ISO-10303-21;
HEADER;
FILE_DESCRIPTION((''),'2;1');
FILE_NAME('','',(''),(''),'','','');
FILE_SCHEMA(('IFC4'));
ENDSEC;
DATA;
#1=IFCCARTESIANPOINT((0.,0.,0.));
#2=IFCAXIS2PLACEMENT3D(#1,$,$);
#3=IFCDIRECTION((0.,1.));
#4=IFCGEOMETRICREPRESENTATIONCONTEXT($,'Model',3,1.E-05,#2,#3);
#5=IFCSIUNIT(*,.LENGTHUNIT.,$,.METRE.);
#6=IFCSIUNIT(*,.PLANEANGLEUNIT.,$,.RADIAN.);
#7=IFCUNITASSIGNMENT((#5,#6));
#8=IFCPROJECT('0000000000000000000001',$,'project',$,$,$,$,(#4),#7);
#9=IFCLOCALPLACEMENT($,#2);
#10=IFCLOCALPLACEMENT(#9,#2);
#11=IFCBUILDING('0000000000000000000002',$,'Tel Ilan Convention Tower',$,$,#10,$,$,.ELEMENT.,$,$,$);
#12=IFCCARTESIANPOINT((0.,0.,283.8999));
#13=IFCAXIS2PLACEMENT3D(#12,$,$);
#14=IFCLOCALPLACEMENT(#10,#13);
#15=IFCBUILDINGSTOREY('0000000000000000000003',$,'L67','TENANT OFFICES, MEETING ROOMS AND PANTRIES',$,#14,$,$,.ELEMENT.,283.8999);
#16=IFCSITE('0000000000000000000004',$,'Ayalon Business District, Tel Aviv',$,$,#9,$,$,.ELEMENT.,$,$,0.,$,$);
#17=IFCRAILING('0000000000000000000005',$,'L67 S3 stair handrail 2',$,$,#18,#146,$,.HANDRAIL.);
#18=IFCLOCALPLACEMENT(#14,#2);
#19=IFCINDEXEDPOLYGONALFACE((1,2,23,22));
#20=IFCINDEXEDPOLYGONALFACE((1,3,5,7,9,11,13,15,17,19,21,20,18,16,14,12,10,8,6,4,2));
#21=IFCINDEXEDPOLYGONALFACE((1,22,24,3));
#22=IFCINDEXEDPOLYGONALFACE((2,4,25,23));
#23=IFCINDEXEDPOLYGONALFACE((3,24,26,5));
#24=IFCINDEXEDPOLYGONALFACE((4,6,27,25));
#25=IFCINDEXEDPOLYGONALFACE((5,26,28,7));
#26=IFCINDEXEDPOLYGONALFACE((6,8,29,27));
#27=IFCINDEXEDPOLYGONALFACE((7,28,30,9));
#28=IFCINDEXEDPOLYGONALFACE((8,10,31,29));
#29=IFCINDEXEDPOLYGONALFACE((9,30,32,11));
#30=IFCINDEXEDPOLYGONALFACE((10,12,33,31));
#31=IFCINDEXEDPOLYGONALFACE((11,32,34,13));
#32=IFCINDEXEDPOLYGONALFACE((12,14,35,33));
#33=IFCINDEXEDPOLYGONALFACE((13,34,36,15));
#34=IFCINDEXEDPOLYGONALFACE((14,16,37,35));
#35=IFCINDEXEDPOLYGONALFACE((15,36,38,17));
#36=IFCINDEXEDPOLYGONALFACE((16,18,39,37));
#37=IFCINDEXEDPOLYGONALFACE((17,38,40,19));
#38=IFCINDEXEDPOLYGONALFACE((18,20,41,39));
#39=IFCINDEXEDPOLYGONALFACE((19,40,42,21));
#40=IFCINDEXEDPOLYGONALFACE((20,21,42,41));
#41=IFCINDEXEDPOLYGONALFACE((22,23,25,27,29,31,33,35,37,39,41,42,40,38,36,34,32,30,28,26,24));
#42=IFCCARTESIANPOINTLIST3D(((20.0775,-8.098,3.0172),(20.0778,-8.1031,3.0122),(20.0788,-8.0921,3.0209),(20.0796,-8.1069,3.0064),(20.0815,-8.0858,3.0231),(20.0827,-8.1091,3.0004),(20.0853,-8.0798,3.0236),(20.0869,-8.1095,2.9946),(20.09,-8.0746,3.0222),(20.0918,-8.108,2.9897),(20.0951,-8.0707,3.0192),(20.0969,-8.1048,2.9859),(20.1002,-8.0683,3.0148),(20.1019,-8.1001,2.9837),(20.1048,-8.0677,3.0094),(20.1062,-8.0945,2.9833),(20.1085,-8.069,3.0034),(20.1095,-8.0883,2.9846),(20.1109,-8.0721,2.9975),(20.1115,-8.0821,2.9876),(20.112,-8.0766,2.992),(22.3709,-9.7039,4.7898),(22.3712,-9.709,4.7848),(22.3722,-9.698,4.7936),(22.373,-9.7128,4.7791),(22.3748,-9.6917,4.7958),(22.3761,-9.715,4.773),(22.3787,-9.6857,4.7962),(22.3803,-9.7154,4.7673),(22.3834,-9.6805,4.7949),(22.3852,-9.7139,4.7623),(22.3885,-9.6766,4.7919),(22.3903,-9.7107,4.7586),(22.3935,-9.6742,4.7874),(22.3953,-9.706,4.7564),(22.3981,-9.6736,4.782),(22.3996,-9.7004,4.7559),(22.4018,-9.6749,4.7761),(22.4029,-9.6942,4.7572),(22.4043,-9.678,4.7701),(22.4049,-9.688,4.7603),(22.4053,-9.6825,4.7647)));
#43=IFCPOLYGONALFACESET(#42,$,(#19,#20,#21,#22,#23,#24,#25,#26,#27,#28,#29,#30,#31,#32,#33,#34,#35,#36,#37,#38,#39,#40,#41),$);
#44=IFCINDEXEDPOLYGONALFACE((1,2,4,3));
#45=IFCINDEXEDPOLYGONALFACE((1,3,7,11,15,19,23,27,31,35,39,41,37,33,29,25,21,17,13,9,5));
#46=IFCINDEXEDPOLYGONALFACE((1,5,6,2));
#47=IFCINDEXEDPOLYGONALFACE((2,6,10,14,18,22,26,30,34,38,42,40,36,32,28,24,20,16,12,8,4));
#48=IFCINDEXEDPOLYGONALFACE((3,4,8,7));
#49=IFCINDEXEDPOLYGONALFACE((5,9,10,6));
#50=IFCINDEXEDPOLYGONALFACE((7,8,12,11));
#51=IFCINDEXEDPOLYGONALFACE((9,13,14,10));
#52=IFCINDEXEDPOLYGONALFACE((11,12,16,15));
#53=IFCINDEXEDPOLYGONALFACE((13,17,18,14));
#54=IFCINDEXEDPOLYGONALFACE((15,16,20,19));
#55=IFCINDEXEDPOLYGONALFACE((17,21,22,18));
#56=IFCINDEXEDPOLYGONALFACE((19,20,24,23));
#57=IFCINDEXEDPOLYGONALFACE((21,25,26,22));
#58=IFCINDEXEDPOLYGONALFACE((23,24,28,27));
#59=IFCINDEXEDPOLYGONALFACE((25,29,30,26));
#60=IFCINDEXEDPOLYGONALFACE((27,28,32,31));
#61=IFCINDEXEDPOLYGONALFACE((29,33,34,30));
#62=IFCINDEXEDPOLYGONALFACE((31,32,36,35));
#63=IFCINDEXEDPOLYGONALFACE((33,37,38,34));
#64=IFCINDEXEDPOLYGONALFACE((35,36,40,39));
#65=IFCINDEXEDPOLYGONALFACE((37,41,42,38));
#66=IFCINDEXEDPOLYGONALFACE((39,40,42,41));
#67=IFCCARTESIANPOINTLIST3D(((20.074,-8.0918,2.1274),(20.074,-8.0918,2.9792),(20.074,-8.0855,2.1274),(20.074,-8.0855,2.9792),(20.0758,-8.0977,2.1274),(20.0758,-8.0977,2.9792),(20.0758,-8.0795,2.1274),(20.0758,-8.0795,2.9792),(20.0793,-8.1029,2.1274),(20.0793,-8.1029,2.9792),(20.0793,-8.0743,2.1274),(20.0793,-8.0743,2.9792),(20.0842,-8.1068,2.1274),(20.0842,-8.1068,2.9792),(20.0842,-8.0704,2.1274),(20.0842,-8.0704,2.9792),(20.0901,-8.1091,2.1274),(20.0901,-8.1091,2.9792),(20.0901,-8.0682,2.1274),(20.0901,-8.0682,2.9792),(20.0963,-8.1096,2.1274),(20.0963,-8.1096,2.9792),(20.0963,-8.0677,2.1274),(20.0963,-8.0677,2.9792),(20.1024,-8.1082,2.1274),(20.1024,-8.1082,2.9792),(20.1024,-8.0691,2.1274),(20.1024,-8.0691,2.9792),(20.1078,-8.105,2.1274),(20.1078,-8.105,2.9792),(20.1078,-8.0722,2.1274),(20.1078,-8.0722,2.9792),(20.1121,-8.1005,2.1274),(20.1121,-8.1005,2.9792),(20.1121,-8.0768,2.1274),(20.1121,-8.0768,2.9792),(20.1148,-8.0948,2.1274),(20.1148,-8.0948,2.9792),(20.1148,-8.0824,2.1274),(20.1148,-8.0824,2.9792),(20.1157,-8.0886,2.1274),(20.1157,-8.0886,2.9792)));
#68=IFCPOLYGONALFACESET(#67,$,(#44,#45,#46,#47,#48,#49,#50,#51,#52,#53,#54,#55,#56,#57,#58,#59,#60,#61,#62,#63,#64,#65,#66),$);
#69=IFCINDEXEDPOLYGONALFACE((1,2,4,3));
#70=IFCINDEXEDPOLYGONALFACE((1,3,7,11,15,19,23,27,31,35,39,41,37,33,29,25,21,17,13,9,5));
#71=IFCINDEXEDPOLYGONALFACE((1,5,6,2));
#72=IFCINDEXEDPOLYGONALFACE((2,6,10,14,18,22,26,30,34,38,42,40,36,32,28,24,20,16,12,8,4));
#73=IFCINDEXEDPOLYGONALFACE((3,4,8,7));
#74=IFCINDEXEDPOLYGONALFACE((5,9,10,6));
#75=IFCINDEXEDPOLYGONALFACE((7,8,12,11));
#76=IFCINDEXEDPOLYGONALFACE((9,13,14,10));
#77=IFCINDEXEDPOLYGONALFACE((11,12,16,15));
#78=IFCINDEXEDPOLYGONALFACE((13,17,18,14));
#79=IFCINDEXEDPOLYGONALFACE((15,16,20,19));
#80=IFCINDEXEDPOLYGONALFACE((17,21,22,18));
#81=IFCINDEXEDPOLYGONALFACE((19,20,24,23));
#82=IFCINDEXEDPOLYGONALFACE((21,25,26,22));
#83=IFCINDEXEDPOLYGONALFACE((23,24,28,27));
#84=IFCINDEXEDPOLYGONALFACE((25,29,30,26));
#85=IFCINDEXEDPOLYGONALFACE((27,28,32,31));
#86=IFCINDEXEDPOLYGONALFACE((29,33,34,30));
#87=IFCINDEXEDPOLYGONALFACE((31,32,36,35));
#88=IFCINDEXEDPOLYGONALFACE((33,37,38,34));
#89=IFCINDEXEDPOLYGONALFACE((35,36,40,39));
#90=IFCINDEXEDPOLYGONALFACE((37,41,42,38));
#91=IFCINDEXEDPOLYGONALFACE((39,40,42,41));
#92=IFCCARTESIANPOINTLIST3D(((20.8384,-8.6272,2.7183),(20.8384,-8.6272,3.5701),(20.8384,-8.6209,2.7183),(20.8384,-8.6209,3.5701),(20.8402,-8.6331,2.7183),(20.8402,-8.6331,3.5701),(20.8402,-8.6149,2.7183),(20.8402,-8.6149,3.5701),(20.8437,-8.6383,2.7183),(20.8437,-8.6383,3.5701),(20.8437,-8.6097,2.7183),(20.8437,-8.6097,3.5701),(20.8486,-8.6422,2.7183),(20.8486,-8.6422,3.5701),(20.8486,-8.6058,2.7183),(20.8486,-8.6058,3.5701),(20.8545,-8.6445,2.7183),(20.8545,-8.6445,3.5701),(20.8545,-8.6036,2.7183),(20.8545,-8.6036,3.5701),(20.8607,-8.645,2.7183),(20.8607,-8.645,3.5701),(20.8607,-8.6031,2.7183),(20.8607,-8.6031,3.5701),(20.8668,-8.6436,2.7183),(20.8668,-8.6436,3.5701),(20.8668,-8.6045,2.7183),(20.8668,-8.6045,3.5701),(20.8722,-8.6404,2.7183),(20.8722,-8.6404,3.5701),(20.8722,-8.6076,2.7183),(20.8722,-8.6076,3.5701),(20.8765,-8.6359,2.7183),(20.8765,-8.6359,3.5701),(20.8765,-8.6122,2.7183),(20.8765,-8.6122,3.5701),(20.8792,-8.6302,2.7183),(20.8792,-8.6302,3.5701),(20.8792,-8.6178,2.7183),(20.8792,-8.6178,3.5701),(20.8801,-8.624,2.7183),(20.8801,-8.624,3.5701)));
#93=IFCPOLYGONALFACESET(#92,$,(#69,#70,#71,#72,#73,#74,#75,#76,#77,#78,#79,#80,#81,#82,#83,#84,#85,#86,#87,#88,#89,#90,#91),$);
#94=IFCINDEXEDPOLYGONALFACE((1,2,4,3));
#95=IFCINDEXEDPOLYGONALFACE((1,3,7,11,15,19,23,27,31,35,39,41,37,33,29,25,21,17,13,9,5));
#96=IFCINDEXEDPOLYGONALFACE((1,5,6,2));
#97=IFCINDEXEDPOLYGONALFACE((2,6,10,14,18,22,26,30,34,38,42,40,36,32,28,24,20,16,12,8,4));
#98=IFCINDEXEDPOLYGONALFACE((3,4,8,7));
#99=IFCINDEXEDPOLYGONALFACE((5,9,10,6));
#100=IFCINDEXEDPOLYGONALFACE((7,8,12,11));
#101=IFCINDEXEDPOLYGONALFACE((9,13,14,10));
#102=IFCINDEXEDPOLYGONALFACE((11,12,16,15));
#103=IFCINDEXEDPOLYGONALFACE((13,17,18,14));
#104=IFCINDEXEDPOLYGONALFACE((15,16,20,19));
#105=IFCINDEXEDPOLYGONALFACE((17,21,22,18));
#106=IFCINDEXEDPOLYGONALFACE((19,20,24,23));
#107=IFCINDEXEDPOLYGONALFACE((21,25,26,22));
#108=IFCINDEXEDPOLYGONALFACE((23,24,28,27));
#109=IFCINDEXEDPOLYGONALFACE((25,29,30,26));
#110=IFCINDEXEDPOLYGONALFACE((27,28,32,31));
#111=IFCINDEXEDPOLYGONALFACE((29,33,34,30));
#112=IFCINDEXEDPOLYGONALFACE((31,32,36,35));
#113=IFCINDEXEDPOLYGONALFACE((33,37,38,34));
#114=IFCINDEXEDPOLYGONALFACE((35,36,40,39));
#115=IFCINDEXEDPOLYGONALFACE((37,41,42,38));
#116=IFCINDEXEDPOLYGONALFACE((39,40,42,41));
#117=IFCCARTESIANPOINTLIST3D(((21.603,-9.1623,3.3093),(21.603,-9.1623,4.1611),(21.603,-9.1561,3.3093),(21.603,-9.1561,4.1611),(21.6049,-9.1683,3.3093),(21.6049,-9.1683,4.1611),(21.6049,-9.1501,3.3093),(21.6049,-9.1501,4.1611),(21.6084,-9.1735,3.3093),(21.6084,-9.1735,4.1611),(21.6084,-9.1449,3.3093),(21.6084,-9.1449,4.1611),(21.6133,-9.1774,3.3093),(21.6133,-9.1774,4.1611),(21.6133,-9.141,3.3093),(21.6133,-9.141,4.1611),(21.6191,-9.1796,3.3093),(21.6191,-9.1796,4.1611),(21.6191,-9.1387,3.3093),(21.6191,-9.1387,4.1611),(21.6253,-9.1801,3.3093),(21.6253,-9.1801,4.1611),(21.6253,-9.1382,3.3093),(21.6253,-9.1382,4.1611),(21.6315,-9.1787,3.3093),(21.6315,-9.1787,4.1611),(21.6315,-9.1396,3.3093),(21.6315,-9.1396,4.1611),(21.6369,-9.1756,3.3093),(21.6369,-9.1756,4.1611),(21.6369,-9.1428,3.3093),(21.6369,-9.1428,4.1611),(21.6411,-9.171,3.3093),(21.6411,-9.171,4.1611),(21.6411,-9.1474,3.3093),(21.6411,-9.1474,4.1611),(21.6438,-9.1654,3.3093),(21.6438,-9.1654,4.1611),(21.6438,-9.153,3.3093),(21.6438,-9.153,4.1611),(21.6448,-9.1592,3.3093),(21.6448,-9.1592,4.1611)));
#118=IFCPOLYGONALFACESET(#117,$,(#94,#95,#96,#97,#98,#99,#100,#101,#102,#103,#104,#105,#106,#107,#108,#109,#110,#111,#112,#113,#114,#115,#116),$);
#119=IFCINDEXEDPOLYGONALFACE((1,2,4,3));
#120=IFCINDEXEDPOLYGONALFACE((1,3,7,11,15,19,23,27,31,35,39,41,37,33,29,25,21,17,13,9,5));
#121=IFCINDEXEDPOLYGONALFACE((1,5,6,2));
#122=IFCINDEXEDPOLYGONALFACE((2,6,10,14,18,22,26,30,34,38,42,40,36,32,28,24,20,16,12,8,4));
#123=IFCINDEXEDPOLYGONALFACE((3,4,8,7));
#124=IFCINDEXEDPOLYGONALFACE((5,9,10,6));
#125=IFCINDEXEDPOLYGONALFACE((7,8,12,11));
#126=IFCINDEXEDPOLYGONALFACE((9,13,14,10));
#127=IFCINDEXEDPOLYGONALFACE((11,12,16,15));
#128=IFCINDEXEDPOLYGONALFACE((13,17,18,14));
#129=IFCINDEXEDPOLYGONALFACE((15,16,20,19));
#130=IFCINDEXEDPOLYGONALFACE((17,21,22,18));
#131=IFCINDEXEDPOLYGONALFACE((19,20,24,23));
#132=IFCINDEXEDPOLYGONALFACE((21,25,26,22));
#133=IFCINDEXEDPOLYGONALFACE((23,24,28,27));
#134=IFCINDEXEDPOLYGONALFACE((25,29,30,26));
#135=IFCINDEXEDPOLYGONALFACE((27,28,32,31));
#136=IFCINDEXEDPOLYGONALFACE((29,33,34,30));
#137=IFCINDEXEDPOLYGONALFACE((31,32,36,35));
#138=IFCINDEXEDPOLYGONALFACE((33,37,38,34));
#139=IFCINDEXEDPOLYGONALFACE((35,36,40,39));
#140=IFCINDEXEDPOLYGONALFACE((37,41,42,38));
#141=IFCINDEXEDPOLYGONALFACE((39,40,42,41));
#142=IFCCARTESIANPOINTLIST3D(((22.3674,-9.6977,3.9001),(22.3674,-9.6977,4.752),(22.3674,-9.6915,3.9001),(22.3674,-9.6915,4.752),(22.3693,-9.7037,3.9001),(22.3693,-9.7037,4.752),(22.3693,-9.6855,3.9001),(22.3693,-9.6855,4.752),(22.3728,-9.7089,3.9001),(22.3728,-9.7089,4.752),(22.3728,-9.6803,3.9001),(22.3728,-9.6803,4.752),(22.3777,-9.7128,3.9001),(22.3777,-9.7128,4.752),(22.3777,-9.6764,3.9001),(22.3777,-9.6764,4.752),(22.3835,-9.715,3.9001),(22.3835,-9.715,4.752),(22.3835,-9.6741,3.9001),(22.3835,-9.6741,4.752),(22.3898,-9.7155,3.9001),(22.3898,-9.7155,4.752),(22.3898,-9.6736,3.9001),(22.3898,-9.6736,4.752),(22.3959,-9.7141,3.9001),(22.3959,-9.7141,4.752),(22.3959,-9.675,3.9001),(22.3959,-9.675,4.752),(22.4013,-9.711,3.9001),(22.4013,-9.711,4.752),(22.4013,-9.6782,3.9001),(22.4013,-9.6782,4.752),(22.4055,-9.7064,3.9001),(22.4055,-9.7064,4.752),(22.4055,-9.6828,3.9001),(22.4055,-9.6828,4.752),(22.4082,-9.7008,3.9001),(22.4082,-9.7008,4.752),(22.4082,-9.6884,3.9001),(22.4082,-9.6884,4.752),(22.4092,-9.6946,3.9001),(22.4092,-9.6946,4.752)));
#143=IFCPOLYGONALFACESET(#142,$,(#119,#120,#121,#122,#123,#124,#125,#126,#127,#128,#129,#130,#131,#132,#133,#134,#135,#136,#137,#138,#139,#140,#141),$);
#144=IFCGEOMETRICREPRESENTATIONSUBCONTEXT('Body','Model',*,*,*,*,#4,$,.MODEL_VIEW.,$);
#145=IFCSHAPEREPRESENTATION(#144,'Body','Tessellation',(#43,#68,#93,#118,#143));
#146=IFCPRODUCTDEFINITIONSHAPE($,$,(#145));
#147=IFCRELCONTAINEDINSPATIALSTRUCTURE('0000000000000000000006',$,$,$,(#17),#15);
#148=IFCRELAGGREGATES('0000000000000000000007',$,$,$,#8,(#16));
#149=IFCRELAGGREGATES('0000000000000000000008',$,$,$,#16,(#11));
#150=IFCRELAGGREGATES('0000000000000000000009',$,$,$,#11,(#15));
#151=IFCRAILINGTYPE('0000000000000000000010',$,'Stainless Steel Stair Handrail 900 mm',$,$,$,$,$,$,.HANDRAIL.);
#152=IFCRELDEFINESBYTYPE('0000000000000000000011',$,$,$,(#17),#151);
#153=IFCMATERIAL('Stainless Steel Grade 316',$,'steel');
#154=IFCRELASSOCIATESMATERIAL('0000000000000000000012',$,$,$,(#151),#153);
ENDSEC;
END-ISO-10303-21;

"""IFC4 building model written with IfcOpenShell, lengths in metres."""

from ifc_helpers import new_model, si_unit, direction, frame, origin, origin_2d, place, context, subcontext, project, spatial, circle, extrude, material, type_object, element, save


model = new_model("IFC4")

# Units and contexts
model_context = context("Model", 3, precision=1e-05, world=origin(), true_north=direction((0.0, 1.0)))
body_context = subcontext(model_context, "Body", "Model", "MODEL_VIEW")
ifc_project = project(units=[si_unit("LENGTHUNIT", "METRE"), si_unit("PLANEANGLEUNIT", "RADIAN")], contexts=[model_context])

# Site, building, storey
site_placement = place(None, origin())
site = spatial("IfcSite", under=ifc_project, at=site_placement, Name="Ayalon Business District, Tel Aviv", CompositionType="ELEMENT", RefElevation=0.0)
building_placement = place(site_placement, origin())
building = spatial("IfcBuilding", under=site, at=building_placement, Name="Tel Ilan Convention Tower", CompositionType="ELEMENT")
storey_placement = place(building_placement, frame((0.0, 0.0, 283.8999)))
storey = spatial("IfcBuildingStorey", under=building, at=storey_placement, Name="L67", Description="TENANT OFFICES, MEETING ROOMS AND PANTRIES", CompositionType="ELEMENT", Elevation=283.8999)

# Railing
ifc_material_1 = material(Name="Stainless Steel Grade 316", Category="steel")
railing_type_1 = type_object("IfcRailingType", Name="Stainless Steel Stair Handrail 900 mm", PredefinedType="HANDRAIL", material=ifc_material_1)
railing_1_placement = place(storey_placement, frame((20.0947, -8.0886, 2.1274)))
element("IfcRailing", 1, at=railing_1_placement, inside=storey, type_object=railing_type_1, Name="L67 S3 stair handrail 2", PredefinedType="HANDRAIL", context=body_context, shape_type="SweptSolid", body=[
    extrude(circle(Radius=0.0239, at=origin_2d()), frame((0.0, 0.0, 0.876), z_axis=(0.692085, -0.484621, 0.53494), x_axis=(0.573591, 0.819142, 0.0)), (0.0, 0.0, 1.0), 3.3137),
    extrude(circle(Radius=0.021, at=origin_2d()), origin(), (0.0, 0.0, 1.0), 0.8518),
    extrude(circle(Radius=0.021, at=origin_2d()), frame((0.7644, -0.5354, 0.5908)), (0.0, 0.0, 1.0), 0.8518),
    extrude(circle(Radius=0.021, at=origin_2d()), frame((1.5291, -1.0706, 1.1819)), (0.0, 0.0, 1.0), 0.8518),
    extrude(circle(Radius=0.021, at=origin_2d()), frame((2.2935, -1.606, 1.7727)), (0.0, 0.0, 1.0), 0.8518),
])

save(model, "model.ifc")
